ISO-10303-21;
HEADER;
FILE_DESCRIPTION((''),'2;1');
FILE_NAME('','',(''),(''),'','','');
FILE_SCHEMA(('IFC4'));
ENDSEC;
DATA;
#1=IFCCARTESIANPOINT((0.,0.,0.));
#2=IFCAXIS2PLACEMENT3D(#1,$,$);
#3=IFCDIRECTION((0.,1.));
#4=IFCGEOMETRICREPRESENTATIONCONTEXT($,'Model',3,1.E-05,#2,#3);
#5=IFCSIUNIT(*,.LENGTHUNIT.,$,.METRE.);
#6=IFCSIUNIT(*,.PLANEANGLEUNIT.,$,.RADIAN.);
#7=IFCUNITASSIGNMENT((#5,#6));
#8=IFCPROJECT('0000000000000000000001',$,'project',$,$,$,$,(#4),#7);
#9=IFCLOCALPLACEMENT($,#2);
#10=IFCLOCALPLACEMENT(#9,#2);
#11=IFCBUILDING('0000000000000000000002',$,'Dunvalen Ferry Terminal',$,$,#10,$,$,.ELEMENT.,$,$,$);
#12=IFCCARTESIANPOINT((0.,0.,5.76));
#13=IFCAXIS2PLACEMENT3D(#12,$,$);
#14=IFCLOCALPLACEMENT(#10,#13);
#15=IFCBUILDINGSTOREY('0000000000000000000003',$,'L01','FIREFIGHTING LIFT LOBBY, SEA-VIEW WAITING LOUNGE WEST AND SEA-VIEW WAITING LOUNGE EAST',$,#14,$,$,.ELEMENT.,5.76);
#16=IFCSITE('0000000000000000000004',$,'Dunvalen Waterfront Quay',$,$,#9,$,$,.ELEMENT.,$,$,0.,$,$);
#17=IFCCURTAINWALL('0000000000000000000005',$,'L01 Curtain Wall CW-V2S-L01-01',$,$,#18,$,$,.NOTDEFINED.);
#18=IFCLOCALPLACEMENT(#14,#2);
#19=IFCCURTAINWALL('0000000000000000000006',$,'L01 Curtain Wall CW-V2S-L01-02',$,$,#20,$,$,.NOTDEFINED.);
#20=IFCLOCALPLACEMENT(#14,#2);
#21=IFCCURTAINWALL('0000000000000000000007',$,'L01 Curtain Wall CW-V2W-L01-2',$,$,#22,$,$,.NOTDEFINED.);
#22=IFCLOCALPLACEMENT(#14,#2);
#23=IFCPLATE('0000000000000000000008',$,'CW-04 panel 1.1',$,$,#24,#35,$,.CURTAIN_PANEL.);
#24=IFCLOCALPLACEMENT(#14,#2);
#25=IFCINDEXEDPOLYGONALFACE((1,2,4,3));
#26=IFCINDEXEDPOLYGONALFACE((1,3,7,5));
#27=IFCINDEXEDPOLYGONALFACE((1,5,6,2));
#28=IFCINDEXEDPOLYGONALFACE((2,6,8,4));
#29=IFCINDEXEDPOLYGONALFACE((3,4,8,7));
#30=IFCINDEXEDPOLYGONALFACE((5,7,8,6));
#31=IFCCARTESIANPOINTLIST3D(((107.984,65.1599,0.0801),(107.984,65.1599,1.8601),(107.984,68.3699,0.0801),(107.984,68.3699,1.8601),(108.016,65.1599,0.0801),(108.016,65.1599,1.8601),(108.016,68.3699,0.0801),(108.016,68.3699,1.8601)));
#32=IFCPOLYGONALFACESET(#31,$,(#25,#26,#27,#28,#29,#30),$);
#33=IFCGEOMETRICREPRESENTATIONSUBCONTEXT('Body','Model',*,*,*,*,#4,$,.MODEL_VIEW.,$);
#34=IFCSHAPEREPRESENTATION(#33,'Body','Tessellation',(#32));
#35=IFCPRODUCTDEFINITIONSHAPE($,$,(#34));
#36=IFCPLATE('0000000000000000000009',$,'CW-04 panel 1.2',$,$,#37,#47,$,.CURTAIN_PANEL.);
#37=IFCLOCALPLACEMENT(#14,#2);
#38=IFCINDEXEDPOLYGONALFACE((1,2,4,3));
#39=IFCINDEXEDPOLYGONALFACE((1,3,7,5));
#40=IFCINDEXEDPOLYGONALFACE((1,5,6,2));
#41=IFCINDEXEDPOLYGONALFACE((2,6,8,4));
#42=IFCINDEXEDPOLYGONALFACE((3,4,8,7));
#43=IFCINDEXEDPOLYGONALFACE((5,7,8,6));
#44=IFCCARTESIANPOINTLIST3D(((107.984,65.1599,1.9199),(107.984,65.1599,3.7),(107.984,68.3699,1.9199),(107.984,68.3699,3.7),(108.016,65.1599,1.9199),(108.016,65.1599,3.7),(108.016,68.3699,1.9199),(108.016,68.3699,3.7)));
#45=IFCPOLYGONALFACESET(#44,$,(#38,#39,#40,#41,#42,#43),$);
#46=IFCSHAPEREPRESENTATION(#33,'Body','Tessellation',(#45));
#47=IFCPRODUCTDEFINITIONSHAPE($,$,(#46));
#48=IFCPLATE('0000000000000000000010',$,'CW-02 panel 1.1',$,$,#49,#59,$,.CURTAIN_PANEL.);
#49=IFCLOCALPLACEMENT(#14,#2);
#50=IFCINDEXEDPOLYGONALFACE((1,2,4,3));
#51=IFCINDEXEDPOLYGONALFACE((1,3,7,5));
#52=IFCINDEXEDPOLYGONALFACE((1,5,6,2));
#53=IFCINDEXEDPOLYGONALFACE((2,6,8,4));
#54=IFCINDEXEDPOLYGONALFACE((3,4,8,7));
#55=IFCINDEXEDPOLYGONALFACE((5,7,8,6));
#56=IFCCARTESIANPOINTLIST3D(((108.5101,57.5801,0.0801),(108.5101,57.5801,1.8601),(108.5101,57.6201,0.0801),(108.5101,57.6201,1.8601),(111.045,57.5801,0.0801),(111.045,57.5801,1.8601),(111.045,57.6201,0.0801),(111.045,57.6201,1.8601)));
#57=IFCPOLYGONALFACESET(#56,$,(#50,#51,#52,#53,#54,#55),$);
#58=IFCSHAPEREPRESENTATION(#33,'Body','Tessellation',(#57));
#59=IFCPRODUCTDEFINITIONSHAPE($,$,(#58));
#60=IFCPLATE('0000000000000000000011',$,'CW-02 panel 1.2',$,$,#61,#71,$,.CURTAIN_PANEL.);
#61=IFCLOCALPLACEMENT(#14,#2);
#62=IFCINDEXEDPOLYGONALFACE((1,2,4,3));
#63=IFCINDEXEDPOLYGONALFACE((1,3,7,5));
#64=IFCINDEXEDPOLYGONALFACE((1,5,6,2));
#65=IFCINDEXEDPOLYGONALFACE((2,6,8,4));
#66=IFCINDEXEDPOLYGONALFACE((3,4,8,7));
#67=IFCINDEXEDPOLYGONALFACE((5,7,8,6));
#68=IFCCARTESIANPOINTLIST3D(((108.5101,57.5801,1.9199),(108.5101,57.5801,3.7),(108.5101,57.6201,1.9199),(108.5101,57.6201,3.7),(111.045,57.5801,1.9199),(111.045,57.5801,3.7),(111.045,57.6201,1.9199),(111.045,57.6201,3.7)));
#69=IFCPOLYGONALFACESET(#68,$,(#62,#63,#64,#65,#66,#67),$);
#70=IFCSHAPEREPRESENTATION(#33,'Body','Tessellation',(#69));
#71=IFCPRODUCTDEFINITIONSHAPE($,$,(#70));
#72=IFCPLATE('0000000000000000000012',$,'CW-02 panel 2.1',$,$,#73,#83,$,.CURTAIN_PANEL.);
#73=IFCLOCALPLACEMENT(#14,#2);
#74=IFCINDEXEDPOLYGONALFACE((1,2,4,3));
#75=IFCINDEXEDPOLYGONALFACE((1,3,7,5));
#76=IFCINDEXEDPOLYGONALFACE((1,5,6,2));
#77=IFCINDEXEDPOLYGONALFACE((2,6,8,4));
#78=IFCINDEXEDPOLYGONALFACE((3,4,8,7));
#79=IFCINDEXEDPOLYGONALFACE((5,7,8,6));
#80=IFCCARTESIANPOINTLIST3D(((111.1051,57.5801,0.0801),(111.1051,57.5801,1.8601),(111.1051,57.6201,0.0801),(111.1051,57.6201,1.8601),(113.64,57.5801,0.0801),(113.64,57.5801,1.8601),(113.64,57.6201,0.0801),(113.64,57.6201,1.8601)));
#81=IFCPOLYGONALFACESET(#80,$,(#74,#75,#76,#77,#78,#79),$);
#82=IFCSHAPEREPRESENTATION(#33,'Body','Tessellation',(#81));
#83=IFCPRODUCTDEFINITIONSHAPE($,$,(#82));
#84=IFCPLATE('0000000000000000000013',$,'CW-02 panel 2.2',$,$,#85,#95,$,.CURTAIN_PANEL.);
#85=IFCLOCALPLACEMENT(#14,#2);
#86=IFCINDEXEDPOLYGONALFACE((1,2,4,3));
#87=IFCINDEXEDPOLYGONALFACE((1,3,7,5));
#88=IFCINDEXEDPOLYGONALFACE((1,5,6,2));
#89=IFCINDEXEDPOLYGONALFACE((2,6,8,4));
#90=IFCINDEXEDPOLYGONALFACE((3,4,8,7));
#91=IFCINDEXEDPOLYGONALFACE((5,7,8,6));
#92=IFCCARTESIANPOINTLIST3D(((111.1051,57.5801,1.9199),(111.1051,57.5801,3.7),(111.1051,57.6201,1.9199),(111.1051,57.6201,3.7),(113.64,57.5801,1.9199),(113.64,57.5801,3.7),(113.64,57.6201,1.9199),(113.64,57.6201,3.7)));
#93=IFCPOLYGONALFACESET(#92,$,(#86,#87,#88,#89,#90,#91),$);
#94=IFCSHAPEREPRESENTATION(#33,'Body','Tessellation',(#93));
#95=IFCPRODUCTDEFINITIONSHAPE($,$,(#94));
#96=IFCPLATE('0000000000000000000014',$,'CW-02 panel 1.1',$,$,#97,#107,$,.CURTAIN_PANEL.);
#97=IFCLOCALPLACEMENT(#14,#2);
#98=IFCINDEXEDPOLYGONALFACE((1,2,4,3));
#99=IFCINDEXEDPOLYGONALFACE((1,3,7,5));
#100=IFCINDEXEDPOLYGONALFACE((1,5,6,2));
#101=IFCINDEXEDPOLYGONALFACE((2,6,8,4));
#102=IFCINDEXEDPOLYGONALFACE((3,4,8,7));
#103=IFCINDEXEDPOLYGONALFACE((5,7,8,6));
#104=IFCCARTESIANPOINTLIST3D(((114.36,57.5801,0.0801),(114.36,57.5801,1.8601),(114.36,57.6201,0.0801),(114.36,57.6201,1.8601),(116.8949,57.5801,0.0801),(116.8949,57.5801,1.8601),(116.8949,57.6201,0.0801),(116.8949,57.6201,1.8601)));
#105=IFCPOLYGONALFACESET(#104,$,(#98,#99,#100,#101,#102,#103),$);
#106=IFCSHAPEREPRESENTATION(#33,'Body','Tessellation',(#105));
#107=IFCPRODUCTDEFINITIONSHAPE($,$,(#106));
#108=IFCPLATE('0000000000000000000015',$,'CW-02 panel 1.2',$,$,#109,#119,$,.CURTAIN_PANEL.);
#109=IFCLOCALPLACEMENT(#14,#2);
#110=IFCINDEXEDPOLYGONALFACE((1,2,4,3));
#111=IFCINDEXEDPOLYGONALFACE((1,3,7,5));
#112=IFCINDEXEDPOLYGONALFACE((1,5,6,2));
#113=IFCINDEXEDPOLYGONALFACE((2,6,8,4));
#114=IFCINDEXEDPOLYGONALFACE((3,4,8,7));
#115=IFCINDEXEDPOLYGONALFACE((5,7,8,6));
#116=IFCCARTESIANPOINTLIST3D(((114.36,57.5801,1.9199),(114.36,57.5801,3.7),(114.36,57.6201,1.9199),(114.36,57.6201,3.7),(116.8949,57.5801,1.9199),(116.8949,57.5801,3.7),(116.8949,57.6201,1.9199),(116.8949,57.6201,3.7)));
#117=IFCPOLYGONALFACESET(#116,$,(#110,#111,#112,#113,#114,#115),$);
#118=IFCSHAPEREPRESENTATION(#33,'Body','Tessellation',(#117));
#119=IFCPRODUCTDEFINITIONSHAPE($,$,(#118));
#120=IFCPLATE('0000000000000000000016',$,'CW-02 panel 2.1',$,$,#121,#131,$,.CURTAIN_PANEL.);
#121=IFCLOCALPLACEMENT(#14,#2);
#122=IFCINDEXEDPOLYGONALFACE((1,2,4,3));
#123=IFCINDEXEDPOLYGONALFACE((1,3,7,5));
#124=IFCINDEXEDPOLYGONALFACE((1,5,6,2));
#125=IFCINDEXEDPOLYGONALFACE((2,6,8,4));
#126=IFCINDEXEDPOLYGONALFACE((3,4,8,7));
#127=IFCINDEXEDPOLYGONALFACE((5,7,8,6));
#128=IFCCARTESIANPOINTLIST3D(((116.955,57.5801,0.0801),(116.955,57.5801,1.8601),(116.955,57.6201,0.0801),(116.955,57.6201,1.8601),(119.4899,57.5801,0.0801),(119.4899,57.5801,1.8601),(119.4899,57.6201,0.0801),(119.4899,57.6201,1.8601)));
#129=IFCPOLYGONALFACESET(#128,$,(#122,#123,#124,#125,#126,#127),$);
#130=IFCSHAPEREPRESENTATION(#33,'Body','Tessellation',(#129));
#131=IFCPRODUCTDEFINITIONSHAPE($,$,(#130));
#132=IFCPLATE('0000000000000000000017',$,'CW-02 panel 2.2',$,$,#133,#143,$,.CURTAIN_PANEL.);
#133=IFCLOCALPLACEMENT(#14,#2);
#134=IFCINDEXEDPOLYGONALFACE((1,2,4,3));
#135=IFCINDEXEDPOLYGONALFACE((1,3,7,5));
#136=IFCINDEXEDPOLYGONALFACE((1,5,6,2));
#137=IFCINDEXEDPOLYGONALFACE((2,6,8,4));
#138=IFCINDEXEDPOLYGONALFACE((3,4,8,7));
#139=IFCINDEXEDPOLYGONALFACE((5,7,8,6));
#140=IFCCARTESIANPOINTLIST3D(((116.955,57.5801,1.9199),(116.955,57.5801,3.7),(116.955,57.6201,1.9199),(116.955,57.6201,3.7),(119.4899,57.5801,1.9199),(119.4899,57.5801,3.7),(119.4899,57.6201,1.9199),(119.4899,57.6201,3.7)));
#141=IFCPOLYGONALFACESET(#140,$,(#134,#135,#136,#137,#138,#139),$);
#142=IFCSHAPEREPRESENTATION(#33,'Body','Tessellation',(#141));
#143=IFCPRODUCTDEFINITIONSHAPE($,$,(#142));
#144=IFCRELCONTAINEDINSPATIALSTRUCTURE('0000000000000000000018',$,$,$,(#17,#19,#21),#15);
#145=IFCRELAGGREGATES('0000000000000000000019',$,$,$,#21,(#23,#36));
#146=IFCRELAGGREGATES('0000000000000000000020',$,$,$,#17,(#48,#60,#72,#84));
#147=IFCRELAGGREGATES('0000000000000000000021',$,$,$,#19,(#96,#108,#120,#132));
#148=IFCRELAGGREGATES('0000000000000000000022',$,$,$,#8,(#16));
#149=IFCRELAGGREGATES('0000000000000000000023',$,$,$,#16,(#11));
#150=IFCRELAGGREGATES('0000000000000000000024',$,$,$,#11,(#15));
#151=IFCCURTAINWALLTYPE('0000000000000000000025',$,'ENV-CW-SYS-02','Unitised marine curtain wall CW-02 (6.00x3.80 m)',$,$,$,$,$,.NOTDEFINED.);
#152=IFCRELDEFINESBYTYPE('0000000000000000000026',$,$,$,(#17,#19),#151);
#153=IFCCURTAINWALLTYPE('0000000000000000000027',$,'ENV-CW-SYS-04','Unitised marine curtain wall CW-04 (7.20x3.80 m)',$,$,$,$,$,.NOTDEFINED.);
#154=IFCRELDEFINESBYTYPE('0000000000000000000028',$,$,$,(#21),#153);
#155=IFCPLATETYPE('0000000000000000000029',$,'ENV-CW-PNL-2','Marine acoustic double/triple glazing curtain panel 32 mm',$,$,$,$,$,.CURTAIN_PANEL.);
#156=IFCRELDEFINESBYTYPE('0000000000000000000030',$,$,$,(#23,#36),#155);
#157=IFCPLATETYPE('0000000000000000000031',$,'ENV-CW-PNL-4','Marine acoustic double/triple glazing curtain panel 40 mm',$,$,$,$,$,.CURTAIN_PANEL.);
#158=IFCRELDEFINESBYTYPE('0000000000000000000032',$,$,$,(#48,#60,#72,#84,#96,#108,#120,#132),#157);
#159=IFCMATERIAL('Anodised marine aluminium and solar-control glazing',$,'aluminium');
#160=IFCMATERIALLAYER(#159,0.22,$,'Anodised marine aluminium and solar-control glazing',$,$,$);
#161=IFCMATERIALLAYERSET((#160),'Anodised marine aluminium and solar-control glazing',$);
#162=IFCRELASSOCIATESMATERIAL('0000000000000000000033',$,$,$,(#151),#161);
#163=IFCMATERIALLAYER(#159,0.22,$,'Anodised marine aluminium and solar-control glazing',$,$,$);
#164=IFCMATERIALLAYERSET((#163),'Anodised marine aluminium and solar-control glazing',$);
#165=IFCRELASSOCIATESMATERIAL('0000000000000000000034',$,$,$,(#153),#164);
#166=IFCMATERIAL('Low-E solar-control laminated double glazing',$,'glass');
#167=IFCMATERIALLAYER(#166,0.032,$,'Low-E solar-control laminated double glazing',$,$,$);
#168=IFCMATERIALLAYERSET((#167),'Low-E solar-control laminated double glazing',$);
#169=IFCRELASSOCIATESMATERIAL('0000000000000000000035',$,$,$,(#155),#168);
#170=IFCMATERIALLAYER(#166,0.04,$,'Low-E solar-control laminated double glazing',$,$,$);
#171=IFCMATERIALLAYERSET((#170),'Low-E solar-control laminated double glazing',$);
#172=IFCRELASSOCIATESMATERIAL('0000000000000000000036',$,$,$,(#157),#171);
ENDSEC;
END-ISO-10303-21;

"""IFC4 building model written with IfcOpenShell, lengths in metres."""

from ifc_helpers import new_model, si_unit, direction, frame, origin, origin_2d, place, context, subcontext, project, spatial, rectangle, extrude, material, layer, layer_set, type_object, element, aggregate, save


model = new_model("IFC4")

# Units and contexts
model_context = context("Model", 3, precision=1e-05, world=origin(), true_north=direction((0.0, 1.0)))
body_context = subcontext(model_context, "Body", "Model", "MODEL_VIEW")
ifc_project = project(units=[si_unit("LENGTHUNIT", "METRE"), si_unit("PLANEANGLEUNIT", "RADIAN")], contexts=[model_context])

# Site, building, storey
site_placement = place(None, origin())
site = spatial("IfcSite", under=ifc_project, at=site_placement, Name="Dunvalen Waterfront Quay", CompositionType="ELEMENT", RefElevation=0.0)
building_placement = place(site_placement, origin())
building = spatial("IfcBuilding", under=site, at=building_placement, Name="Dunvalen Ferry Terminal", CompositionType="ELEMENT")
storey_placement = place(building_placement, frame((0.0, 0.0, 5.76)))
storey = spatial("IfcBuildingStorey", under=building, at=storey_placement, Name="L01", Description="FIREFIGHTING LIFT LOBBY, SEA-VIEW WAITING LOUNGE WEST AND SEA-VIEW WAITING LOUNGE EAST", CompositionType="ELEMENT", Elevation=5.76)

# Curtain walls
ifc_material_1 = material(Name="Anodised marine aluminium and solar-control glazing", Category="aluminium")
ifc_layer_1 = layer(ifc_material_1, 0.22, Name="Anodised marine aluminium and solar-control glazing")
ifc_layer_set_1 = layer_set([ifc_layer_1], Name="Anodised marine aluminium and solar-control glazing")
curtain_wall_type_1 = type_object("IfcCurtainWallType", Name="ENV-CW-SYS-02", Description="Unitised marine curtain wall CW-02 (6.00x3.80 m)", PredefinedType="NOTDEFINED", material=ifc_layer_set_1)
curtain_wall_1_placement = place(storey_placement, origin())
curtain_wall_1 = element("IfcCurtainWall", 1, at=curtain_wall_1_placement, inside=storey, type_object=curtain_wall_type_1, Name="L01 Curtain Wall CW-V2S-L01-01", PredefinedType="NOTDEFINED")
curtain_wall_2_placement = place(storey_placement, origin())
curtain_wall_2 = element("IfcCurtainWall", 2, at=curtain_wall_2_placement, inside=storey, type_object=curtain_wall_type_1, Name="L01 Curtain Wall CW-V2S-L01-02", PredefinedType="NOTDEFINED")

# Curtain wall
ifc_layer_2 = layer(ifc_material_1, 0.22, Name="Anodised marine aluminium and solar-control glazing")
ifc_layer_set_2 = layer_set([ifc_layer_2], Name="Anodised marine aluminium and solar-control glazing")
curtain_wall_type_2 = type_object("IfcCurtainWallType", Name="ENV-CW-SYS-04", Description="Unitised marine curtain wall CW-04 (7.20x3.80 m)", PredefinedType="NOTDEFINED", material=ifc_layer_set_2)
curtain_wall_3_placement = place(storey_placement, origin())
curtain_wall_3 = element("IfcCurtainWall", 3, at=curtain_wall_3_placement, inside=storey, type_object=curtain_wall_type_2, Name="L01 Curtain Wall CW-V2W-L01-2", PredefinedType="NOTDEFINED")

# Plates
ifc_material_2 = material(Name="Low-E solar-control laminated double glazing", Category="glass")
ifc_layer_3 = layer(ifc_material_2, 0.032, Name="Low-E solar-control laminated double glazing")
ifc_layer_set_3 = layer_set([ifc_layer_3], Name="Low-E solar-control laminated double glazing")
plate_type_1 = type_object("IfcPlateType", Name="ENV-CW-PNL-2", Description="Marine acoustic double/triple glazing curtain panel 32 mm", PredefinedType="CURTAIN_PANEL", material=ifc_layer_set_3)
plate_1_placement = place(storey_placement, frame((108.0, 66.7649, 0.0801), z_axis=(0.0, 0.0, 1.0), x_axis=(0.0, 1.0, 0.0)))
plate_1 = element("IfcPlate", 4, at=plate_1_placement, type_object=plate_type_1, Name="CW-04 panel 1.1", PredefinedType="CURTAIN_PANEL", context=body_context, shape_type="SweptSolid", body=[
    extrude(rectangle(XDim=3.21, YDim=0.032, at=origin_2d()), origin(), (0.0, 0.0, 1.0), 1.78),
])
plate_2_placement = place(storey_placement, frame((108.0, 66.7649, 1.9199), z_axis=(0.0, 0.0, 1.0), x_axis=(0.0, 1.0, 0.0)))
plate_2 = element("IfcPlate", 5, at=plate_2_placement, type_object=plate_type_1, Name="CW-04 panel 1.2", PredefinedType="CURTAIN_PANEL", context=body_context, shape_type="SweptSolid", body=[
    extrude(rectangle(XDim=3.21, YDim=0.032, at=origin_2d()), origin(), (0.0, 0.0, 1.0), 1.78),
])
aggregate(curtain_wall_3, [plate_1, plate_2])
ifc_layer_4 = layer(ifc_material_2, 0.04, Name="Low-E solar-control laminated double glazing")
ifc_layer_set_4 = layer_set([ifc_layer_4], Name="Low-E solar-control laminated double glazing")
plate_type_2 = type_object("IfcPlateType", Name="ENV-CW-PNL-4", Description="Marine acoustic double/triple glazing curtain panel 40 mm", PredefinedType="CURTAIN_PANEL", material=ifc_layer_set_4)
plate_3_placement = place(storey_placement, frame((109.7776, 57.6001, 0.0801), z_axis=(0.0, 0.0, 1.0), x_axis=(1.0, 0.0, 0.0)))
plate_3 = element("IfcPlate", 6, at=plate_3_placement, type_object=plate_type_2, Name="CW-02 panel 1.1", PredefinedType="CURTAIN_PANEL", context=body_context, shape_type="SweptSolid", body=[
    extrude(rectangle(XDim=2.5349, YDim=0.04, at=origin_2d()), origin(), (0.0, 0.0, 1.0), 1.78),
])
plate_4_placement = place(storey_placement, frame((109.7776, 57.6001, 1.9199), z_axis=(0.0, 0.0, 1.0), x_axis=(1.0, 0.0, 0.0)))
plate_4 = element("IfcPlate", 7, at=plate_4_placement, type_object=plate_type_2, Name="CW-02 panel 1.2", PredefinedType="CURTAIN_PANEL", context=body_context, shape_type="SweptSolid", body=[
    extrude(rectangle(XDim=2.5349, YDim=0.04, at=origin_2d()), origin(), (0.0, 0.0, 1.0), 1.78),
])
plate_5_placement = place(storey_placement, frame((112.3726, 57.6001, 0.0801), z_axis=(0.0, 0.0, 1.0), x_axis=(1.0, 0.0, 0.0)))
plate_5 = element("IfcPlate", 8, at=plate_5_placement, type_object=plate_type_2, Name="CW-02 panel 2.1", PredefinedType="CURTAIN_PANEL", context=body_context, shape_type="SweptSolid", body=[
    extrude(rectangle(XDim=2.5349, YDim=0.04, at=origin_2d()), origin(), (0.0, 0.0, 1.0), 1.78),
])
plate_6_placement = place(storey_placement, frame((112.3726, 57.6001, 1.9199), z_axis=(0.0, 0.0, 1.0), x_axis=(1.0, 0.0, 0.0)))
plate_6 = element("IfcPlate", 9, at=plate_6_placement, type_object=plate_type_2, Name="CW-02 panel 2.2", PredefinedType="CURTAIN_PANEL", context=body_context, shape_type="SweptSolid", body=[
    extrude(rectangle(XDim=2.5349, YDim=0.04, at=origin_2d()), origin(), (0.0, 0.0, 1.0), 1.78),
])
aggregate(curtain_wall_1, [plate_3, plate_4, plate_5, plate_6])
plate_7_placement = place(storey_placement, frame((115.6274, 57.6001, 0.0801), z_axis=(0.0, 0.0, 1.0), x_axis=(1.0, 0.0, 0.0)))
plate_7 = element("IfcPlate", 10, at=plate_7_placement, type_object=plate_type_2, Name="CW-02 panel 1.1", PredefinedType="CURTAIN_PANEL", context=body_context, shape_type="SweptSolid", body=[
    extrude(rectangle(XDim=2.5349, YDim=0.04, at=origin_2d()), origin(), (0.0, 0.0, 1.0), 1.78),
])
plate_8_placement = place(storey_placement, frame((115.6274, 57.6001, 1.9199), z_axis=(0.0, 0.0, 1.0), x_axis=(1.0, 0.0, 0.0)))
plate_8 = element("IfcPlate", 11, at=plate_8_placement, type_object=plate_type_2, Name="CW-02 panel 1.2", PredefinedType="CURTAIN_PANEL", context=body_context, shape_type="SweptSolid", body=[
    extrude(rectangle(XDim=2.5349, YDim=0.04, at=origin_2d()), origin(), (0.0, 0.0, 1.0), 1.78),
])
plate_9_placement = place(storey_placement, frame((118.2224, 57.6001, 0.0801), z_axis=(0.0, 0.0, 1.0), x_axis=(1.0, 0.0, 0.0)))
plate_9 = element("IfcPlate", 12, at=plate_9_placement, type_object=plate_type_2, Name="CW-02 panel 2.1", PredefinedType="CURTAIN_PANEL", context=body_context, shape_type="SweptSolid", body=[
    extrude(rectangle(XDim=2.5349, YDim=0.04, at=origin_2d()), origin(), (0.0, 0.0, 1.0), 1.78),
])
plate_10_placement = place(storey_placement, frame((118.2224, 57.6001, 1.9199), z_axis=(0.0, 0.0, 1.0), x_axis=(1.0, 0.0, 0.0)))
plate_10 = element("IfcPlate", 13, at=plate_10_placement, type_object=plate_type_2, Name="CW-02 panel 2.2", PredefinedType="CURTAIN_PANEL", context=body_context, shape_type="SweptSolid", body=[
    extrude(rectangle(XDim=2.5349, YDim=0.04, at=origin_2d()), origin(), (0.0, 0.0, 1.0), 1.78),
])
aggregate(curtain_wall_2, [plate_7, plate_8, plate_9, plate_10])

save(model, "model.ifc")
